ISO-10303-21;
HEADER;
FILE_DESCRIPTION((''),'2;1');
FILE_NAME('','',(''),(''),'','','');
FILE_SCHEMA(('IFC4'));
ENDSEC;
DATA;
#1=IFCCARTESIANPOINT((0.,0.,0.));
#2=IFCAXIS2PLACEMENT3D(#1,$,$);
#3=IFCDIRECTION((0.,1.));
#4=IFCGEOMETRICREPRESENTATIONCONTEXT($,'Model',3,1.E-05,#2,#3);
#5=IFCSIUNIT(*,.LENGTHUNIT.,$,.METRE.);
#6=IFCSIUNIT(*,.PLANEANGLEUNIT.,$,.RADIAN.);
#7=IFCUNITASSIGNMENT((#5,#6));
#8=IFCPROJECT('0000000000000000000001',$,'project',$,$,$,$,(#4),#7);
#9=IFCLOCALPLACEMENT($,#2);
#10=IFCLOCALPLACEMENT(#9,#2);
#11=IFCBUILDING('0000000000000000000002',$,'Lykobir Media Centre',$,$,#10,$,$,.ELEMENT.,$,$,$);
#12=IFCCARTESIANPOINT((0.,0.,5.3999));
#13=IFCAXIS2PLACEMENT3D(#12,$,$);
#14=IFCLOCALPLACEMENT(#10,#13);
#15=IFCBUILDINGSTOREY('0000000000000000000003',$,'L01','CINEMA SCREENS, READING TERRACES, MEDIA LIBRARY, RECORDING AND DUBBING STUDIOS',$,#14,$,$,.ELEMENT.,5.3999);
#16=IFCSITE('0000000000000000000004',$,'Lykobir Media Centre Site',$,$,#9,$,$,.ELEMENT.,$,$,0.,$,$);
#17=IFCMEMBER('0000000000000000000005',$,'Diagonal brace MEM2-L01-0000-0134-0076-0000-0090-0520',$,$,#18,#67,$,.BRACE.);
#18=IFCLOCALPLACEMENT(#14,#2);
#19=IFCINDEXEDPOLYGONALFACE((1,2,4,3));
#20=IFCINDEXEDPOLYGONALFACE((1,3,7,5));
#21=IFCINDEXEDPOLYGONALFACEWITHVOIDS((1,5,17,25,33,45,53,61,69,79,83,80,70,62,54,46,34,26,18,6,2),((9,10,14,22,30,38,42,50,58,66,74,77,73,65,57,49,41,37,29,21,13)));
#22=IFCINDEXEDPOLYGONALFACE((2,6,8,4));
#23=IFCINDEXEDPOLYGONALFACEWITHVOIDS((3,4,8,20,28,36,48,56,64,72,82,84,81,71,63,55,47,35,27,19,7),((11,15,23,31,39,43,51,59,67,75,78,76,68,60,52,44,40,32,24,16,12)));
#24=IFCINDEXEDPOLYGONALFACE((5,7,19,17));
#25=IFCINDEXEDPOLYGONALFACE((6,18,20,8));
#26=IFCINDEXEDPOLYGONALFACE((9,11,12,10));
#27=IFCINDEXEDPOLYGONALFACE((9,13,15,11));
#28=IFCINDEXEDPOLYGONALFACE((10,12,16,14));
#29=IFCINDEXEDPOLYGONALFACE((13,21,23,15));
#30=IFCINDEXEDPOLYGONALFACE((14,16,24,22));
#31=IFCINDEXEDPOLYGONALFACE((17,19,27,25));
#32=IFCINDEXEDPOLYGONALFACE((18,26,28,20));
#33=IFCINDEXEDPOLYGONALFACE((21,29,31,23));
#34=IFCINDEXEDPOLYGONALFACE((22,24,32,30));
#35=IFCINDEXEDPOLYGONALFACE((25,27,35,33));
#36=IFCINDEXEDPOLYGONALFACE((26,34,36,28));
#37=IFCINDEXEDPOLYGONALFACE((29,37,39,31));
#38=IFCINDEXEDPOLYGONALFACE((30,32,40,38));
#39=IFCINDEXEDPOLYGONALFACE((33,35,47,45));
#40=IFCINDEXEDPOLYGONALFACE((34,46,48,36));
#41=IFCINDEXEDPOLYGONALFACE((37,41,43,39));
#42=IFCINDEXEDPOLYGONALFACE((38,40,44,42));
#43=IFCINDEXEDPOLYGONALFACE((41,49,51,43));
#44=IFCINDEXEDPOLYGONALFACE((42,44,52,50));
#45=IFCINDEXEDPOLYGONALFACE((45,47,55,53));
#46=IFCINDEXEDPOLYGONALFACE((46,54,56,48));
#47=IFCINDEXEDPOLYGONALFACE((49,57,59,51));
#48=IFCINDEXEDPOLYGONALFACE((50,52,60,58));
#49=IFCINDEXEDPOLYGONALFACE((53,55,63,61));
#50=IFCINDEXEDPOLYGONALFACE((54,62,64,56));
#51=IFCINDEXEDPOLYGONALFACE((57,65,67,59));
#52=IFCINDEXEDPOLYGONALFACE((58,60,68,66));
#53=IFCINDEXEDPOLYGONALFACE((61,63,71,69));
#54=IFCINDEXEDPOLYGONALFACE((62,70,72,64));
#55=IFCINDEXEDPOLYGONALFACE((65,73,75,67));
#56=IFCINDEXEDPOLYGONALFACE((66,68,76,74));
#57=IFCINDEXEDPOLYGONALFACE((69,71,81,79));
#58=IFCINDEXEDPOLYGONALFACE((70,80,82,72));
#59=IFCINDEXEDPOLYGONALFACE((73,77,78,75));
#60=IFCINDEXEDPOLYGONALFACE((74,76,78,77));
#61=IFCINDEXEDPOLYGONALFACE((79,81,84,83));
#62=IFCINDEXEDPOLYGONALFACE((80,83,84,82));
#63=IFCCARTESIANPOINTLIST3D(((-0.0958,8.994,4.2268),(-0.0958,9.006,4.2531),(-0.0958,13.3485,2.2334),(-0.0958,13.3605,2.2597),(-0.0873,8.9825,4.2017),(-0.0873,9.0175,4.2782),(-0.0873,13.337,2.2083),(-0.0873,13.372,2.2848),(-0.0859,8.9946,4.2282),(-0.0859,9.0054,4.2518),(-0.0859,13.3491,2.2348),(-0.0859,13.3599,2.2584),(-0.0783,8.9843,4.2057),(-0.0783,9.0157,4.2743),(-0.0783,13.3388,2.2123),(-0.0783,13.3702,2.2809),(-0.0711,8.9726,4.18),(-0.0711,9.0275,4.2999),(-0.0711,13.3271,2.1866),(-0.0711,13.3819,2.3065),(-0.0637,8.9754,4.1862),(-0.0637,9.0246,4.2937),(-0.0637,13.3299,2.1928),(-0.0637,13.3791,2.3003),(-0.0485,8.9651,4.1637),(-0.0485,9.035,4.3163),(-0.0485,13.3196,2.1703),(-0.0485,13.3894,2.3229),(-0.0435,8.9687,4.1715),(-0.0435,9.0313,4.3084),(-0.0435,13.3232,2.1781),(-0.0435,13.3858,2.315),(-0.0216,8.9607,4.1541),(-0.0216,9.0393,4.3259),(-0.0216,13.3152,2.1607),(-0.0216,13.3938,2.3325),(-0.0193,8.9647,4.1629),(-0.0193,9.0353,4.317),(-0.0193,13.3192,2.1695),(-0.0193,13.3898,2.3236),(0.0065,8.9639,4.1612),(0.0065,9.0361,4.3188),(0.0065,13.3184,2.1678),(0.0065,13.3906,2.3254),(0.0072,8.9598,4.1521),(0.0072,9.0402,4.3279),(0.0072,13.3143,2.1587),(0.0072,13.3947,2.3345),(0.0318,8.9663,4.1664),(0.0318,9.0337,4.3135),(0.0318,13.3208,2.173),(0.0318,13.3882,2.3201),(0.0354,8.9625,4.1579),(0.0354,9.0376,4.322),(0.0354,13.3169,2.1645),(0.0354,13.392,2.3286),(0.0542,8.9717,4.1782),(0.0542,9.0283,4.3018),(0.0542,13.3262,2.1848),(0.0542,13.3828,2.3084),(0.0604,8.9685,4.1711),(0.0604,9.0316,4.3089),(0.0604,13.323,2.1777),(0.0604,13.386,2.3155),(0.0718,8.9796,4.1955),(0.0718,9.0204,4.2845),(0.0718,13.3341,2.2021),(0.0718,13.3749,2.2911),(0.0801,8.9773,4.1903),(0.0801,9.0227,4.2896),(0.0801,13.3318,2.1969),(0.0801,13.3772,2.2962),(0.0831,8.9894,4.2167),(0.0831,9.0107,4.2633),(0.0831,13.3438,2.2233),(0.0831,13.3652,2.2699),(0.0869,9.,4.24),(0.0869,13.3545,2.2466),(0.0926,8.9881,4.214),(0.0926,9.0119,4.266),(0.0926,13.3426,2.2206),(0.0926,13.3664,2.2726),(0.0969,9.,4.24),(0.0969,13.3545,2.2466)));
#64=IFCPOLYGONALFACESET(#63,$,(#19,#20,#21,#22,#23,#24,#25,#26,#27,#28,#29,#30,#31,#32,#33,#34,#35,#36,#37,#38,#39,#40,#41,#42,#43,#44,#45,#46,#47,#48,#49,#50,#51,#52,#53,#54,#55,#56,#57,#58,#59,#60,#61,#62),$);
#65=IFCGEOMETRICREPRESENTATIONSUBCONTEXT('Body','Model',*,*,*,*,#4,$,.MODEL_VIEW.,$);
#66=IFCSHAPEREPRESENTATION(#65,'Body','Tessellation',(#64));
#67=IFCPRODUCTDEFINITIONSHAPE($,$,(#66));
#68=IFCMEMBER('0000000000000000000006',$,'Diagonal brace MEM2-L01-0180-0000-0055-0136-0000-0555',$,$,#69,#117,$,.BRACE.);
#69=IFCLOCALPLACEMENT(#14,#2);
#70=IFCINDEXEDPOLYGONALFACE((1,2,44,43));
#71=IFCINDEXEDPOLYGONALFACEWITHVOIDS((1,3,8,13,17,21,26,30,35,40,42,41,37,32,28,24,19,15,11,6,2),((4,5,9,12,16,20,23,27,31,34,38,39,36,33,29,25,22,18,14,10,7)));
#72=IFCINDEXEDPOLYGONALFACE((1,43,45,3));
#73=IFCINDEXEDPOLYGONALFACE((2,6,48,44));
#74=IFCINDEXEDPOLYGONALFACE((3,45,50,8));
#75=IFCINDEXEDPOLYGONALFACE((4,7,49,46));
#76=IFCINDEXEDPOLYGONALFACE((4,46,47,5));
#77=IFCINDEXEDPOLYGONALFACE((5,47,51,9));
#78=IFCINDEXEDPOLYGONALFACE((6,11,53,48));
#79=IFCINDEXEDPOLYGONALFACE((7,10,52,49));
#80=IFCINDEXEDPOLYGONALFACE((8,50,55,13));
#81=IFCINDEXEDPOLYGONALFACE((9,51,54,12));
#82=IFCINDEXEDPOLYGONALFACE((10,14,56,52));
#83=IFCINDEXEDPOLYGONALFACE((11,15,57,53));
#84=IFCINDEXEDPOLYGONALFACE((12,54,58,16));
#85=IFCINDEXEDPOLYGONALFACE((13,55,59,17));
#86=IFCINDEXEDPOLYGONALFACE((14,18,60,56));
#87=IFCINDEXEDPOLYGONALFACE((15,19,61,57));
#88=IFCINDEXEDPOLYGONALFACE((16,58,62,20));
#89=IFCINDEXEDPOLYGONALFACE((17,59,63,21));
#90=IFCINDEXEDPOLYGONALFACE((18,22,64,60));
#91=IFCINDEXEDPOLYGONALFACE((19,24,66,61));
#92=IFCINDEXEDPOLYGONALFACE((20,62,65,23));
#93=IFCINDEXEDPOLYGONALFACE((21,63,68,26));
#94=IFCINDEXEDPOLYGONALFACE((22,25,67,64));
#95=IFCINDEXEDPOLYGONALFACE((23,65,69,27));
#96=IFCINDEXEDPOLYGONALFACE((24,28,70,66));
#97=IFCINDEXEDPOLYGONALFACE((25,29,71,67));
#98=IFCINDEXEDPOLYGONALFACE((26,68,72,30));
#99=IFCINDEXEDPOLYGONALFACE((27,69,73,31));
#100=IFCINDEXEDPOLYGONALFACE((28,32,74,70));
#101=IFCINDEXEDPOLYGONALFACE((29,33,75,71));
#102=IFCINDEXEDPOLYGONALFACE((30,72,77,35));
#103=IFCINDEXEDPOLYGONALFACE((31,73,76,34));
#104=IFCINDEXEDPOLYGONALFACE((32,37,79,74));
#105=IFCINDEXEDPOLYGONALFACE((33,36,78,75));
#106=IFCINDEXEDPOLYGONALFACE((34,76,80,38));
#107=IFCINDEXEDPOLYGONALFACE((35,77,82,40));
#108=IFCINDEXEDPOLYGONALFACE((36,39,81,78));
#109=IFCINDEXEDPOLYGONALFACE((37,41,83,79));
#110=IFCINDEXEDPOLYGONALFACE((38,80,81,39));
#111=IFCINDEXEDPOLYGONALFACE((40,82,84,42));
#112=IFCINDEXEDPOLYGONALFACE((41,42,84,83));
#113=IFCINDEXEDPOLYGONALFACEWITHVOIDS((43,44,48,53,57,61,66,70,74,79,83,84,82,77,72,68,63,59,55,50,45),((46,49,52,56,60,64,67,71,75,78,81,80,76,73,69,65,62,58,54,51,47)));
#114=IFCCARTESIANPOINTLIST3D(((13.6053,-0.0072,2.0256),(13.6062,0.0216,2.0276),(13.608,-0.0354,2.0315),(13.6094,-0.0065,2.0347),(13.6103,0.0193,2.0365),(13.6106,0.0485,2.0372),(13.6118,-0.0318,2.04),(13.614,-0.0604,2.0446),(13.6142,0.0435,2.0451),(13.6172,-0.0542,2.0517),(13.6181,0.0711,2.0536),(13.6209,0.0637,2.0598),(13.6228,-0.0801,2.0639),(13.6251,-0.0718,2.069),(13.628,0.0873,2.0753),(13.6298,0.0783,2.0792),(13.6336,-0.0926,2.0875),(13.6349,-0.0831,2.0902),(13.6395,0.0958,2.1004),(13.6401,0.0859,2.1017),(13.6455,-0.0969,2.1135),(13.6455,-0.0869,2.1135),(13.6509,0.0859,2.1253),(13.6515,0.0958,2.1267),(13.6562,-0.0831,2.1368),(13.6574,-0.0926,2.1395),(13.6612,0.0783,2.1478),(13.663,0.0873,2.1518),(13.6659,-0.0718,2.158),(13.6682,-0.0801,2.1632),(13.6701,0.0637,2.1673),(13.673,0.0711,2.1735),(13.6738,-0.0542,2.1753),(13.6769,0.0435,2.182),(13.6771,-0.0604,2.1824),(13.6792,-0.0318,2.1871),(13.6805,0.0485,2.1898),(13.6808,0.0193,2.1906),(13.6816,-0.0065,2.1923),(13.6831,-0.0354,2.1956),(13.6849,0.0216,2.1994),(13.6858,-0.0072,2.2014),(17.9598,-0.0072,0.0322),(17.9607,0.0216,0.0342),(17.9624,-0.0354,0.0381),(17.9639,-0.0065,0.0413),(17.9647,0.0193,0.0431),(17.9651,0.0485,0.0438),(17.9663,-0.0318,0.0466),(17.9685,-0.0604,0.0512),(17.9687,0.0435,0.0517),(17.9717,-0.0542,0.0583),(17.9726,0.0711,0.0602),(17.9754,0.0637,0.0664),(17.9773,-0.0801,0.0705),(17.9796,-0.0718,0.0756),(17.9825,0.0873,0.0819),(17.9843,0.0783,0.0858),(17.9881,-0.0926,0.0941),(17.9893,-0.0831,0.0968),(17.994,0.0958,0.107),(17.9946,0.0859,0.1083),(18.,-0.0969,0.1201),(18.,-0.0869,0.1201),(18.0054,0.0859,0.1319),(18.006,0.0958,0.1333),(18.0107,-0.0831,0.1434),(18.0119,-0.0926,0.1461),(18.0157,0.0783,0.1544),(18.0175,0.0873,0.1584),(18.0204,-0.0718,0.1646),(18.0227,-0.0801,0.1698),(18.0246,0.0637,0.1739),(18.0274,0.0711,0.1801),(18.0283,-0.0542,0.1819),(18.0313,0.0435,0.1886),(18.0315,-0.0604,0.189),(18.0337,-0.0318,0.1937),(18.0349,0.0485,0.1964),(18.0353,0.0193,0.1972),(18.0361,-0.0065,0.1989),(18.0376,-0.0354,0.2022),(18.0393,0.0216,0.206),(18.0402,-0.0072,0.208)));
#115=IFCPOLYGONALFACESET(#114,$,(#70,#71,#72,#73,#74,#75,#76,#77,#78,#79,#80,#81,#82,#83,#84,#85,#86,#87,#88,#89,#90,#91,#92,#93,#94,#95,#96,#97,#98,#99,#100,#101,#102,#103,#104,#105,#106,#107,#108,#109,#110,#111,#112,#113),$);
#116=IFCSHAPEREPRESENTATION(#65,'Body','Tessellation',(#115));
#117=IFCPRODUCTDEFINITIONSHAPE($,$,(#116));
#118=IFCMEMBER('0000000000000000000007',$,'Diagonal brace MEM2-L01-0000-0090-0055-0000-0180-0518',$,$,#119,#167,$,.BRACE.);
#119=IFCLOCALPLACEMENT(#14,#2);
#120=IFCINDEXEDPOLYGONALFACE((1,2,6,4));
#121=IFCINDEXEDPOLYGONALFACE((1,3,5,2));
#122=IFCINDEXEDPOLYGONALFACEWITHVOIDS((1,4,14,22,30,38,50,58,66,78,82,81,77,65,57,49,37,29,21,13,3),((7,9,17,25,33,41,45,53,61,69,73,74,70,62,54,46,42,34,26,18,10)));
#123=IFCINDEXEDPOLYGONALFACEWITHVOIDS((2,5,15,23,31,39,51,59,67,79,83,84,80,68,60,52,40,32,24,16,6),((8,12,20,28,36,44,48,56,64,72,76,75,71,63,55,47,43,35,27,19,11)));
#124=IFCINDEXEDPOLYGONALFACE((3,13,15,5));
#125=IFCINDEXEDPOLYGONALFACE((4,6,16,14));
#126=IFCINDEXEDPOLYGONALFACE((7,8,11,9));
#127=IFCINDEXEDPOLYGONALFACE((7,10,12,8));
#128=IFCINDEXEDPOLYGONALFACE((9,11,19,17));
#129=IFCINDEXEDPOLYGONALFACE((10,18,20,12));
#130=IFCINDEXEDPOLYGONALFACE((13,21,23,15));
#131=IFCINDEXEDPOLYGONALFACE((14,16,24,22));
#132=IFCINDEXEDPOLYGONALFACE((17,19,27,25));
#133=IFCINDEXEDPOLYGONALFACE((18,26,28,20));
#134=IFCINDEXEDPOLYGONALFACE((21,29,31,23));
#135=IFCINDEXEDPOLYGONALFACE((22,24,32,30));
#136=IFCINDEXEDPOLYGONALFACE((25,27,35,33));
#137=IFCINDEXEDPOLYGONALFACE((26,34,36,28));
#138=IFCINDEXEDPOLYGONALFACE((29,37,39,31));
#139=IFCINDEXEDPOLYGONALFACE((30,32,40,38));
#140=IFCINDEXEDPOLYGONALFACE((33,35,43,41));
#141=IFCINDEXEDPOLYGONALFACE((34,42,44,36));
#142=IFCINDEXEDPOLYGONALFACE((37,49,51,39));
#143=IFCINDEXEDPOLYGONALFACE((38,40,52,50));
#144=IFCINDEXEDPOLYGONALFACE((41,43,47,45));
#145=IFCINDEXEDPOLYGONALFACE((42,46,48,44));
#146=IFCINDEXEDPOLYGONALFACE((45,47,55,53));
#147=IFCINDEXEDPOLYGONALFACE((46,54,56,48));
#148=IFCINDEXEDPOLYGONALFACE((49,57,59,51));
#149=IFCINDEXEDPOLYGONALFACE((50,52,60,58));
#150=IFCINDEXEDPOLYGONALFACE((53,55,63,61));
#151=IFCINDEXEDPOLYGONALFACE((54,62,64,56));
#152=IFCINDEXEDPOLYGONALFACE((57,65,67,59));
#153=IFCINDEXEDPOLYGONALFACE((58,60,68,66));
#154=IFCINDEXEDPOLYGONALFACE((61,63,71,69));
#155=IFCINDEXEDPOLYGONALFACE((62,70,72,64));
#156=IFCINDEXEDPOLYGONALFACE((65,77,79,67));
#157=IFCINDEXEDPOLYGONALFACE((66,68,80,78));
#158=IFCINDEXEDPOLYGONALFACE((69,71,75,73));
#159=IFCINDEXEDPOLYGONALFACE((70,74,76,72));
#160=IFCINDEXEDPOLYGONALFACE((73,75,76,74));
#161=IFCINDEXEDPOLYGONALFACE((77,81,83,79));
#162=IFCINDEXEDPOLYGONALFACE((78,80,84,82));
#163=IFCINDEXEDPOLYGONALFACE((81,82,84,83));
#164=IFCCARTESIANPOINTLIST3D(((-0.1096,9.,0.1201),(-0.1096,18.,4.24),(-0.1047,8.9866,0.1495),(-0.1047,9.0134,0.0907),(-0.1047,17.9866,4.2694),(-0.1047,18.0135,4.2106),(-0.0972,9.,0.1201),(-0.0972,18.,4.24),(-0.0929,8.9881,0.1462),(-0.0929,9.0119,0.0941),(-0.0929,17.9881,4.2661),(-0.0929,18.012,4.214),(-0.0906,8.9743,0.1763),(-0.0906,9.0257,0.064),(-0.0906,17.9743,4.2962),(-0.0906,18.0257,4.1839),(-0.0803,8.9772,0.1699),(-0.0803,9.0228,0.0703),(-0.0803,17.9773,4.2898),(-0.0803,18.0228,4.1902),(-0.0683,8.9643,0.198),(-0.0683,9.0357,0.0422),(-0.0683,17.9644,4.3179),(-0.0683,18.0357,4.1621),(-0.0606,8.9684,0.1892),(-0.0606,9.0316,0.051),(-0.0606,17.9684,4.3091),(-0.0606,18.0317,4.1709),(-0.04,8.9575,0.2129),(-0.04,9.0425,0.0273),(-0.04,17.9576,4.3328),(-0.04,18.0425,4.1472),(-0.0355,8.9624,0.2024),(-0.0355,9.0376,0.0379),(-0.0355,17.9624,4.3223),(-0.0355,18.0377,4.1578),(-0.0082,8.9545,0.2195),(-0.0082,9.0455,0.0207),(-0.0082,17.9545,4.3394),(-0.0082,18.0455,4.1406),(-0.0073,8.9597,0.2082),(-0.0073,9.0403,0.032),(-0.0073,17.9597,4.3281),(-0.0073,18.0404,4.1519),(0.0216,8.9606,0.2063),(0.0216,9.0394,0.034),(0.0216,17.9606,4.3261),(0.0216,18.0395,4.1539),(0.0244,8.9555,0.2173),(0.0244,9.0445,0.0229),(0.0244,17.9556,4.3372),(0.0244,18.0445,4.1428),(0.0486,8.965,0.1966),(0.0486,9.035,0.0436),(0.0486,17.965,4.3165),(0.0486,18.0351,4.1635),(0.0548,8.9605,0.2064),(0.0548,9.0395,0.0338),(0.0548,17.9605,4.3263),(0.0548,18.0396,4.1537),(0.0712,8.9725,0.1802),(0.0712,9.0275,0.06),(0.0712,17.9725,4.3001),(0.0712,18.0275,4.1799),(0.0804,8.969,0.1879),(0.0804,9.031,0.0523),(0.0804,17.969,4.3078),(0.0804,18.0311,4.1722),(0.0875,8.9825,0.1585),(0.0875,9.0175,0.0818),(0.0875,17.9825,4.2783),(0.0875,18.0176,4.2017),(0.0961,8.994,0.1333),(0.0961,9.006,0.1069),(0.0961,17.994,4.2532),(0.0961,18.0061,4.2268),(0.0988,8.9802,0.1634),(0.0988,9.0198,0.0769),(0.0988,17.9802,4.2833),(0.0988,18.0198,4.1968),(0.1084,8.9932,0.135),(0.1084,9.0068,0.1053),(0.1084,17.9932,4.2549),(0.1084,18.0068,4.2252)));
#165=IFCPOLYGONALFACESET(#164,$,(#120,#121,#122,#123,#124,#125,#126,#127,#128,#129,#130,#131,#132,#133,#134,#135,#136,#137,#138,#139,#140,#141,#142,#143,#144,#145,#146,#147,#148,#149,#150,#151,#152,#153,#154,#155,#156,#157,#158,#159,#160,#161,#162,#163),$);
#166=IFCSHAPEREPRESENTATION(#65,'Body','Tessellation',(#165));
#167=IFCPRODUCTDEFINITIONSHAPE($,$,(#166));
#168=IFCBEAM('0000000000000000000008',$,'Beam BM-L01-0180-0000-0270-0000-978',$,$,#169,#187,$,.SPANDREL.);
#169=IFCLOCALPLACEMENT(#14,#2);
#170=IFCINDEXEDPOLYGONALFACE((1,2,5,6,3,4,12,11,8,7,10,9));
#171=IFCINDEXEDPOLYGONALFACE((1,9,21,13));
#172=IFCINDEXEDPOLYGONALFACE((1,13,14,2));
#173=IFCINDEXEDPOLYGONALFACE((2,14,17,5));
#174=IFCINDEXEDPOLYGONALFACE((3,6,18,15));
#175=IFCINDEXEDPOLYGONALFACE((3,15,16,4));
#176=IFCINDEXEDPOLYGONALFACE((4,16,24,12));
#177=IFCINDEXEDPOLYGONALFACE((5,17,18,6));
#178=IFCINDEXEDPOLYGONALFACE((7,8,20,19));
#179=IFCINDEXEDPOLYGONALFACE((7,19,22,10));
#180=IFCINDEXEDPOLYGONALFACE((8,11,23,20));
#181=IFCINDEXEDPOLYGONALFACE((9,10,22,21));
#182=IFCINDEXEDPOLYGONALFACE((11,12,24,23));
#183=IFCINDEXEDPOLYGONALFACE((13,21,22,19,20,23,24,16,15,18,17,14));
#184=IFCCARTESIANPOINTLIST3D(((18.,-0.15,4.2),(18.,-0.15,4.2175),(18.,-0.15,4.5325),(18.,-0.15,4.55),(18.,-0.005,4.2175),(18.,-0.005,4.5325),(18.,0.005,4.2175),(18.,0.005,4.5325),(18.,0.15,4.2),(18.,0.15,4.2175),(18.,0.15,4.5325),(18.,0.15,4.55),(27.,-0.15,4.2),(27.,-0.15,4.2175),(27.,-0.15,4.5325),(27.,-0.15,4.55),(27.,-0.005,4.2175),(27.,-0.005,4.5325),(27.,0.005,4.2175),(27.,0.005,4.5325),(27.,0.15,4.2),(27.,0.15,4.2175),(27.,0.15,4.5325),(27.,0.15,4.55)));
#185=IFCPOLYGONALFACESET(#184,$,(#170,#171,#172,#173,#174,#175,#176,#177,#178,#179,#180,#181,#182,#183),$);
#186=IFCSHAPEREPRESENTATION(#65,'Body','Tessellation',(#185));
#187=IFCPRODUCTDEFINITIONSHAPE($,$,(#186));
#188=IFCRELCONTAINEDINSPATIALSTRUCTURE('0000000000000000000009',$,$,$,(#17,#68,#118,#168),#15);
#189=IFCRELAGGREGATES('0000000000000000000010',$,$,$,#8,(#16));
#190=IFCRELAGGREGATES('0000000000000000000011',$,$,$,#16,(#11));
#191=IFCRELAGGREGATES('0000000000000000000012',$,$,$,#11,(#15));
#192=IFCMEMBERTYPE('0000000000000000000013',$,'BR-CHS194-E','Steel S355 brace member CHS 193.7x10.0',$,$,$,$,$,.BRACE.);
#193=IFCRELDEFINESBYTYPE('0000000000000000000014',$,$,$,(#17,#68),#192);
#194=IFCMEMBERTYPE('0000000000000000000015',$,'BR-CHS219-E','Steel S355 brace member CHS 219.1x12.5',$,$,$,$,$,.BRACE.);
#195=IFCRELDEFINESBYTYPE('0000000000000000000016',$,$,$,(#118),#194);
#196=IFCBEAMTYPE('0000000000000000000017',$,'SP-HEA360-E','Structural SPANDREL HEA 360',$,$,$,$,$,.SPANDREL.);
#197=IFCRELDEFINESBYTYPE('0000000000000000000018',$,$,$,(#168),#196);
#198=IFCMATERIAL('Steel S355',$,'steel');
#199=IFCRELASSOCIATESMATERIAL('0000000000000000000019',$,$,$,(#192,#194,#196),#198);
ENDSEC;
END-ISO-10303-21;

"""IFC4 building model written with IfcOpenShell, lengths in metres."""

from ifc_helpers import new_model, si_unit, direction, frame, origin, origin_2d, place, context, subcontext, project, spatial, hollow_circle, i_section, extrude, material, material_profile, profile_set, type_object, element, save


model = new_model("IFC4")

# Units and contexts
model_context = context("Model", 3, precision=1e-05, world=origin(), true_north=direction((0.0, 1.0)))
body_context = subcontext(model_context, "Body", "Model", "MODEL_VIEW")
ifc_project = project(units=[si_unit("LENGTHUNIT", "METRE"), si_unit("PLANEANGLEUNIT", "RADIAN")], contexts=[model_context])

# Site, building, storey
site_placement = place(None, origin())
site = spatial("IfcSite", under=ifc_project, at=site_placement, Name="Lykobir Media Centre Site", CompositionType="ELEMENT", RefElevation=0.0)
building_placement = place(site_placement, origin())
building = spatial("IfcBuilding", under=site, at=building_placement, Name="Lykobir Media Centre", CompositionType="ELEMENT")
storey_placement = place(building_placement, frame((0.0, 0.0, 5.3999)))
storey = spatial("IfcBuildingStorey", under=building, at=storey_placement, Name="L01", Description="CINEMA SCREENS, READING TERRACES, MEDIA LIBRARY, RECORDING AND DUBBING STUDIOS", CompositionType="ELEMENT", Elevation=5.3999)

# Shared definitions
ifc_material_1 = material(Name="Steel S355", Category="steel")

# Members
ifc_material_profile_1 = material_profile(ifc_material_1, hollow_circle(Radius=0.0969, WallThickness=0.01, at=origin_2d()), Name="CHS 193.7x10.0")
ifc_profile_set_1 = profile_set([ifc_material_profile_1], Name="Steel S355")
member_type_1 = type_object("IfcMemberType", Name="BR-CHS194-E", Description="Steel S355 brace member CHS 193.7x10.0", PredefinedType="BRACE", material=ifc_profile_set_1)
for number, where, z_axis, x_axis, name in (
    (1, (0.0, 13.3545, 2.2466), (0.0, -0.909255, 0.41624), (1.0, 0.0, 0.0), "Diagonal brace MEM2-L01-0000-0134-0076-0000-0090-0520"),
    (2, (18.0, 0.0, 0.1201), (-0.909255, 0.0, 0.41624), (0.0, -1.0, 0.0), "Diagonal brace MEM2-L01-0180-0000-0055-0136-0000-0555"),
):
    element("IfcMember", number, at=place(storey_placement, frame(where, z_axis=z_axis, x_axis=x_axis)), inside=storey, type_object=member_type_1, Name=name, PredefinedType="BRACE", context=body_context, shape_type="SweptSolid", body=[
        extrude(hollow_circle(Radius=0.0969, WallThickness=0.01, at=origin_2d()), origin(), (0.0, 0.0, 1.0), 4.7891),
    ])
ifc_material_profile_2 = material_profile(ifc_material_1, hollow_circle(Radius=0.1096, WallThickness=0.0125, at=origin_2d()), Name="CHS 219.1x12.5")
ifc_profile_set_2 = profile_set([ifc_material_profile_2], Name="Steel S355")
member_type_2 = type_object("IfcMemberType", Name="BR-CHS219-E", Description="Steel S355 brace member CHS 219.1x12.5", PredefinedType="BRACE", material=ifc_profile_set_2)
member_1_placement = place(storey_placement, frame((0.0, 9.0, 0.1201), z_axis=(0.0, 0.909261, 0.416227), x_axis=(-1.0, 0.0, 0.0)))
element("IfcMember", 3, at=member_1_placement, inside=storey, type_object=member_type_2, Name="Diagonal brace MEM2-L01-0000-0090-0055-0000-0180-0518", PredefinedType="BRACE", context=body_context, shape_type="SweptSolid", body=[
    extrude(hollow_circle(Radius=0.1096, WallThickness=0.0125, at=origin_2d()), origin(), (0.0, 0.0, 1.0), 9.8982),
])

# Beam
ifc_material_profile_3 = material_profile(ifc_material_1, i_section(OverallWidth=0.3, OverallDepth=0.3501, WebThickness=0.01, FlangeThickness=0.0176, at=origin_2d()), Name="HEA 360")
ifc_profile_set_3 = profile_set([ifc_material_profile_3], Name="Steel S355")
beam_type_1 = type_object("IfcBeamType", Name="SP-HEA360-E", Description="Structural SPANDREL HEA 360", PredefinedType="SPANDREL", material=ifc_profile_set_3)
for number, where, z_axis, x_axis, name in (
    (4, (18.0, 0.0, 4.375), (1.0, 0.0, 0.0), (0.0, 1.0, 0.0), "Beam BM-L01-0180-0000-0270-0000-978"),
):
    element("IfcBeam", number, at=place(storey_placement, frame(where, z_axis=z_axis, x_axis=x_axis)), inside=storey, type_object=beam_type_1, Name=name, PredefinedType="SPANDREL", context=body_context, shape_type="SweptSolid", body=[
        extrude(i_section(OverallWidth=0.3, OverallDepth=0.3501, WebThickness=0.01, FlangeThickness=0.0176, at=origin_2d()), origin(), (0.0, 0.0, 1.0), 9.0),
    ])

save(model, "model.ifc")
